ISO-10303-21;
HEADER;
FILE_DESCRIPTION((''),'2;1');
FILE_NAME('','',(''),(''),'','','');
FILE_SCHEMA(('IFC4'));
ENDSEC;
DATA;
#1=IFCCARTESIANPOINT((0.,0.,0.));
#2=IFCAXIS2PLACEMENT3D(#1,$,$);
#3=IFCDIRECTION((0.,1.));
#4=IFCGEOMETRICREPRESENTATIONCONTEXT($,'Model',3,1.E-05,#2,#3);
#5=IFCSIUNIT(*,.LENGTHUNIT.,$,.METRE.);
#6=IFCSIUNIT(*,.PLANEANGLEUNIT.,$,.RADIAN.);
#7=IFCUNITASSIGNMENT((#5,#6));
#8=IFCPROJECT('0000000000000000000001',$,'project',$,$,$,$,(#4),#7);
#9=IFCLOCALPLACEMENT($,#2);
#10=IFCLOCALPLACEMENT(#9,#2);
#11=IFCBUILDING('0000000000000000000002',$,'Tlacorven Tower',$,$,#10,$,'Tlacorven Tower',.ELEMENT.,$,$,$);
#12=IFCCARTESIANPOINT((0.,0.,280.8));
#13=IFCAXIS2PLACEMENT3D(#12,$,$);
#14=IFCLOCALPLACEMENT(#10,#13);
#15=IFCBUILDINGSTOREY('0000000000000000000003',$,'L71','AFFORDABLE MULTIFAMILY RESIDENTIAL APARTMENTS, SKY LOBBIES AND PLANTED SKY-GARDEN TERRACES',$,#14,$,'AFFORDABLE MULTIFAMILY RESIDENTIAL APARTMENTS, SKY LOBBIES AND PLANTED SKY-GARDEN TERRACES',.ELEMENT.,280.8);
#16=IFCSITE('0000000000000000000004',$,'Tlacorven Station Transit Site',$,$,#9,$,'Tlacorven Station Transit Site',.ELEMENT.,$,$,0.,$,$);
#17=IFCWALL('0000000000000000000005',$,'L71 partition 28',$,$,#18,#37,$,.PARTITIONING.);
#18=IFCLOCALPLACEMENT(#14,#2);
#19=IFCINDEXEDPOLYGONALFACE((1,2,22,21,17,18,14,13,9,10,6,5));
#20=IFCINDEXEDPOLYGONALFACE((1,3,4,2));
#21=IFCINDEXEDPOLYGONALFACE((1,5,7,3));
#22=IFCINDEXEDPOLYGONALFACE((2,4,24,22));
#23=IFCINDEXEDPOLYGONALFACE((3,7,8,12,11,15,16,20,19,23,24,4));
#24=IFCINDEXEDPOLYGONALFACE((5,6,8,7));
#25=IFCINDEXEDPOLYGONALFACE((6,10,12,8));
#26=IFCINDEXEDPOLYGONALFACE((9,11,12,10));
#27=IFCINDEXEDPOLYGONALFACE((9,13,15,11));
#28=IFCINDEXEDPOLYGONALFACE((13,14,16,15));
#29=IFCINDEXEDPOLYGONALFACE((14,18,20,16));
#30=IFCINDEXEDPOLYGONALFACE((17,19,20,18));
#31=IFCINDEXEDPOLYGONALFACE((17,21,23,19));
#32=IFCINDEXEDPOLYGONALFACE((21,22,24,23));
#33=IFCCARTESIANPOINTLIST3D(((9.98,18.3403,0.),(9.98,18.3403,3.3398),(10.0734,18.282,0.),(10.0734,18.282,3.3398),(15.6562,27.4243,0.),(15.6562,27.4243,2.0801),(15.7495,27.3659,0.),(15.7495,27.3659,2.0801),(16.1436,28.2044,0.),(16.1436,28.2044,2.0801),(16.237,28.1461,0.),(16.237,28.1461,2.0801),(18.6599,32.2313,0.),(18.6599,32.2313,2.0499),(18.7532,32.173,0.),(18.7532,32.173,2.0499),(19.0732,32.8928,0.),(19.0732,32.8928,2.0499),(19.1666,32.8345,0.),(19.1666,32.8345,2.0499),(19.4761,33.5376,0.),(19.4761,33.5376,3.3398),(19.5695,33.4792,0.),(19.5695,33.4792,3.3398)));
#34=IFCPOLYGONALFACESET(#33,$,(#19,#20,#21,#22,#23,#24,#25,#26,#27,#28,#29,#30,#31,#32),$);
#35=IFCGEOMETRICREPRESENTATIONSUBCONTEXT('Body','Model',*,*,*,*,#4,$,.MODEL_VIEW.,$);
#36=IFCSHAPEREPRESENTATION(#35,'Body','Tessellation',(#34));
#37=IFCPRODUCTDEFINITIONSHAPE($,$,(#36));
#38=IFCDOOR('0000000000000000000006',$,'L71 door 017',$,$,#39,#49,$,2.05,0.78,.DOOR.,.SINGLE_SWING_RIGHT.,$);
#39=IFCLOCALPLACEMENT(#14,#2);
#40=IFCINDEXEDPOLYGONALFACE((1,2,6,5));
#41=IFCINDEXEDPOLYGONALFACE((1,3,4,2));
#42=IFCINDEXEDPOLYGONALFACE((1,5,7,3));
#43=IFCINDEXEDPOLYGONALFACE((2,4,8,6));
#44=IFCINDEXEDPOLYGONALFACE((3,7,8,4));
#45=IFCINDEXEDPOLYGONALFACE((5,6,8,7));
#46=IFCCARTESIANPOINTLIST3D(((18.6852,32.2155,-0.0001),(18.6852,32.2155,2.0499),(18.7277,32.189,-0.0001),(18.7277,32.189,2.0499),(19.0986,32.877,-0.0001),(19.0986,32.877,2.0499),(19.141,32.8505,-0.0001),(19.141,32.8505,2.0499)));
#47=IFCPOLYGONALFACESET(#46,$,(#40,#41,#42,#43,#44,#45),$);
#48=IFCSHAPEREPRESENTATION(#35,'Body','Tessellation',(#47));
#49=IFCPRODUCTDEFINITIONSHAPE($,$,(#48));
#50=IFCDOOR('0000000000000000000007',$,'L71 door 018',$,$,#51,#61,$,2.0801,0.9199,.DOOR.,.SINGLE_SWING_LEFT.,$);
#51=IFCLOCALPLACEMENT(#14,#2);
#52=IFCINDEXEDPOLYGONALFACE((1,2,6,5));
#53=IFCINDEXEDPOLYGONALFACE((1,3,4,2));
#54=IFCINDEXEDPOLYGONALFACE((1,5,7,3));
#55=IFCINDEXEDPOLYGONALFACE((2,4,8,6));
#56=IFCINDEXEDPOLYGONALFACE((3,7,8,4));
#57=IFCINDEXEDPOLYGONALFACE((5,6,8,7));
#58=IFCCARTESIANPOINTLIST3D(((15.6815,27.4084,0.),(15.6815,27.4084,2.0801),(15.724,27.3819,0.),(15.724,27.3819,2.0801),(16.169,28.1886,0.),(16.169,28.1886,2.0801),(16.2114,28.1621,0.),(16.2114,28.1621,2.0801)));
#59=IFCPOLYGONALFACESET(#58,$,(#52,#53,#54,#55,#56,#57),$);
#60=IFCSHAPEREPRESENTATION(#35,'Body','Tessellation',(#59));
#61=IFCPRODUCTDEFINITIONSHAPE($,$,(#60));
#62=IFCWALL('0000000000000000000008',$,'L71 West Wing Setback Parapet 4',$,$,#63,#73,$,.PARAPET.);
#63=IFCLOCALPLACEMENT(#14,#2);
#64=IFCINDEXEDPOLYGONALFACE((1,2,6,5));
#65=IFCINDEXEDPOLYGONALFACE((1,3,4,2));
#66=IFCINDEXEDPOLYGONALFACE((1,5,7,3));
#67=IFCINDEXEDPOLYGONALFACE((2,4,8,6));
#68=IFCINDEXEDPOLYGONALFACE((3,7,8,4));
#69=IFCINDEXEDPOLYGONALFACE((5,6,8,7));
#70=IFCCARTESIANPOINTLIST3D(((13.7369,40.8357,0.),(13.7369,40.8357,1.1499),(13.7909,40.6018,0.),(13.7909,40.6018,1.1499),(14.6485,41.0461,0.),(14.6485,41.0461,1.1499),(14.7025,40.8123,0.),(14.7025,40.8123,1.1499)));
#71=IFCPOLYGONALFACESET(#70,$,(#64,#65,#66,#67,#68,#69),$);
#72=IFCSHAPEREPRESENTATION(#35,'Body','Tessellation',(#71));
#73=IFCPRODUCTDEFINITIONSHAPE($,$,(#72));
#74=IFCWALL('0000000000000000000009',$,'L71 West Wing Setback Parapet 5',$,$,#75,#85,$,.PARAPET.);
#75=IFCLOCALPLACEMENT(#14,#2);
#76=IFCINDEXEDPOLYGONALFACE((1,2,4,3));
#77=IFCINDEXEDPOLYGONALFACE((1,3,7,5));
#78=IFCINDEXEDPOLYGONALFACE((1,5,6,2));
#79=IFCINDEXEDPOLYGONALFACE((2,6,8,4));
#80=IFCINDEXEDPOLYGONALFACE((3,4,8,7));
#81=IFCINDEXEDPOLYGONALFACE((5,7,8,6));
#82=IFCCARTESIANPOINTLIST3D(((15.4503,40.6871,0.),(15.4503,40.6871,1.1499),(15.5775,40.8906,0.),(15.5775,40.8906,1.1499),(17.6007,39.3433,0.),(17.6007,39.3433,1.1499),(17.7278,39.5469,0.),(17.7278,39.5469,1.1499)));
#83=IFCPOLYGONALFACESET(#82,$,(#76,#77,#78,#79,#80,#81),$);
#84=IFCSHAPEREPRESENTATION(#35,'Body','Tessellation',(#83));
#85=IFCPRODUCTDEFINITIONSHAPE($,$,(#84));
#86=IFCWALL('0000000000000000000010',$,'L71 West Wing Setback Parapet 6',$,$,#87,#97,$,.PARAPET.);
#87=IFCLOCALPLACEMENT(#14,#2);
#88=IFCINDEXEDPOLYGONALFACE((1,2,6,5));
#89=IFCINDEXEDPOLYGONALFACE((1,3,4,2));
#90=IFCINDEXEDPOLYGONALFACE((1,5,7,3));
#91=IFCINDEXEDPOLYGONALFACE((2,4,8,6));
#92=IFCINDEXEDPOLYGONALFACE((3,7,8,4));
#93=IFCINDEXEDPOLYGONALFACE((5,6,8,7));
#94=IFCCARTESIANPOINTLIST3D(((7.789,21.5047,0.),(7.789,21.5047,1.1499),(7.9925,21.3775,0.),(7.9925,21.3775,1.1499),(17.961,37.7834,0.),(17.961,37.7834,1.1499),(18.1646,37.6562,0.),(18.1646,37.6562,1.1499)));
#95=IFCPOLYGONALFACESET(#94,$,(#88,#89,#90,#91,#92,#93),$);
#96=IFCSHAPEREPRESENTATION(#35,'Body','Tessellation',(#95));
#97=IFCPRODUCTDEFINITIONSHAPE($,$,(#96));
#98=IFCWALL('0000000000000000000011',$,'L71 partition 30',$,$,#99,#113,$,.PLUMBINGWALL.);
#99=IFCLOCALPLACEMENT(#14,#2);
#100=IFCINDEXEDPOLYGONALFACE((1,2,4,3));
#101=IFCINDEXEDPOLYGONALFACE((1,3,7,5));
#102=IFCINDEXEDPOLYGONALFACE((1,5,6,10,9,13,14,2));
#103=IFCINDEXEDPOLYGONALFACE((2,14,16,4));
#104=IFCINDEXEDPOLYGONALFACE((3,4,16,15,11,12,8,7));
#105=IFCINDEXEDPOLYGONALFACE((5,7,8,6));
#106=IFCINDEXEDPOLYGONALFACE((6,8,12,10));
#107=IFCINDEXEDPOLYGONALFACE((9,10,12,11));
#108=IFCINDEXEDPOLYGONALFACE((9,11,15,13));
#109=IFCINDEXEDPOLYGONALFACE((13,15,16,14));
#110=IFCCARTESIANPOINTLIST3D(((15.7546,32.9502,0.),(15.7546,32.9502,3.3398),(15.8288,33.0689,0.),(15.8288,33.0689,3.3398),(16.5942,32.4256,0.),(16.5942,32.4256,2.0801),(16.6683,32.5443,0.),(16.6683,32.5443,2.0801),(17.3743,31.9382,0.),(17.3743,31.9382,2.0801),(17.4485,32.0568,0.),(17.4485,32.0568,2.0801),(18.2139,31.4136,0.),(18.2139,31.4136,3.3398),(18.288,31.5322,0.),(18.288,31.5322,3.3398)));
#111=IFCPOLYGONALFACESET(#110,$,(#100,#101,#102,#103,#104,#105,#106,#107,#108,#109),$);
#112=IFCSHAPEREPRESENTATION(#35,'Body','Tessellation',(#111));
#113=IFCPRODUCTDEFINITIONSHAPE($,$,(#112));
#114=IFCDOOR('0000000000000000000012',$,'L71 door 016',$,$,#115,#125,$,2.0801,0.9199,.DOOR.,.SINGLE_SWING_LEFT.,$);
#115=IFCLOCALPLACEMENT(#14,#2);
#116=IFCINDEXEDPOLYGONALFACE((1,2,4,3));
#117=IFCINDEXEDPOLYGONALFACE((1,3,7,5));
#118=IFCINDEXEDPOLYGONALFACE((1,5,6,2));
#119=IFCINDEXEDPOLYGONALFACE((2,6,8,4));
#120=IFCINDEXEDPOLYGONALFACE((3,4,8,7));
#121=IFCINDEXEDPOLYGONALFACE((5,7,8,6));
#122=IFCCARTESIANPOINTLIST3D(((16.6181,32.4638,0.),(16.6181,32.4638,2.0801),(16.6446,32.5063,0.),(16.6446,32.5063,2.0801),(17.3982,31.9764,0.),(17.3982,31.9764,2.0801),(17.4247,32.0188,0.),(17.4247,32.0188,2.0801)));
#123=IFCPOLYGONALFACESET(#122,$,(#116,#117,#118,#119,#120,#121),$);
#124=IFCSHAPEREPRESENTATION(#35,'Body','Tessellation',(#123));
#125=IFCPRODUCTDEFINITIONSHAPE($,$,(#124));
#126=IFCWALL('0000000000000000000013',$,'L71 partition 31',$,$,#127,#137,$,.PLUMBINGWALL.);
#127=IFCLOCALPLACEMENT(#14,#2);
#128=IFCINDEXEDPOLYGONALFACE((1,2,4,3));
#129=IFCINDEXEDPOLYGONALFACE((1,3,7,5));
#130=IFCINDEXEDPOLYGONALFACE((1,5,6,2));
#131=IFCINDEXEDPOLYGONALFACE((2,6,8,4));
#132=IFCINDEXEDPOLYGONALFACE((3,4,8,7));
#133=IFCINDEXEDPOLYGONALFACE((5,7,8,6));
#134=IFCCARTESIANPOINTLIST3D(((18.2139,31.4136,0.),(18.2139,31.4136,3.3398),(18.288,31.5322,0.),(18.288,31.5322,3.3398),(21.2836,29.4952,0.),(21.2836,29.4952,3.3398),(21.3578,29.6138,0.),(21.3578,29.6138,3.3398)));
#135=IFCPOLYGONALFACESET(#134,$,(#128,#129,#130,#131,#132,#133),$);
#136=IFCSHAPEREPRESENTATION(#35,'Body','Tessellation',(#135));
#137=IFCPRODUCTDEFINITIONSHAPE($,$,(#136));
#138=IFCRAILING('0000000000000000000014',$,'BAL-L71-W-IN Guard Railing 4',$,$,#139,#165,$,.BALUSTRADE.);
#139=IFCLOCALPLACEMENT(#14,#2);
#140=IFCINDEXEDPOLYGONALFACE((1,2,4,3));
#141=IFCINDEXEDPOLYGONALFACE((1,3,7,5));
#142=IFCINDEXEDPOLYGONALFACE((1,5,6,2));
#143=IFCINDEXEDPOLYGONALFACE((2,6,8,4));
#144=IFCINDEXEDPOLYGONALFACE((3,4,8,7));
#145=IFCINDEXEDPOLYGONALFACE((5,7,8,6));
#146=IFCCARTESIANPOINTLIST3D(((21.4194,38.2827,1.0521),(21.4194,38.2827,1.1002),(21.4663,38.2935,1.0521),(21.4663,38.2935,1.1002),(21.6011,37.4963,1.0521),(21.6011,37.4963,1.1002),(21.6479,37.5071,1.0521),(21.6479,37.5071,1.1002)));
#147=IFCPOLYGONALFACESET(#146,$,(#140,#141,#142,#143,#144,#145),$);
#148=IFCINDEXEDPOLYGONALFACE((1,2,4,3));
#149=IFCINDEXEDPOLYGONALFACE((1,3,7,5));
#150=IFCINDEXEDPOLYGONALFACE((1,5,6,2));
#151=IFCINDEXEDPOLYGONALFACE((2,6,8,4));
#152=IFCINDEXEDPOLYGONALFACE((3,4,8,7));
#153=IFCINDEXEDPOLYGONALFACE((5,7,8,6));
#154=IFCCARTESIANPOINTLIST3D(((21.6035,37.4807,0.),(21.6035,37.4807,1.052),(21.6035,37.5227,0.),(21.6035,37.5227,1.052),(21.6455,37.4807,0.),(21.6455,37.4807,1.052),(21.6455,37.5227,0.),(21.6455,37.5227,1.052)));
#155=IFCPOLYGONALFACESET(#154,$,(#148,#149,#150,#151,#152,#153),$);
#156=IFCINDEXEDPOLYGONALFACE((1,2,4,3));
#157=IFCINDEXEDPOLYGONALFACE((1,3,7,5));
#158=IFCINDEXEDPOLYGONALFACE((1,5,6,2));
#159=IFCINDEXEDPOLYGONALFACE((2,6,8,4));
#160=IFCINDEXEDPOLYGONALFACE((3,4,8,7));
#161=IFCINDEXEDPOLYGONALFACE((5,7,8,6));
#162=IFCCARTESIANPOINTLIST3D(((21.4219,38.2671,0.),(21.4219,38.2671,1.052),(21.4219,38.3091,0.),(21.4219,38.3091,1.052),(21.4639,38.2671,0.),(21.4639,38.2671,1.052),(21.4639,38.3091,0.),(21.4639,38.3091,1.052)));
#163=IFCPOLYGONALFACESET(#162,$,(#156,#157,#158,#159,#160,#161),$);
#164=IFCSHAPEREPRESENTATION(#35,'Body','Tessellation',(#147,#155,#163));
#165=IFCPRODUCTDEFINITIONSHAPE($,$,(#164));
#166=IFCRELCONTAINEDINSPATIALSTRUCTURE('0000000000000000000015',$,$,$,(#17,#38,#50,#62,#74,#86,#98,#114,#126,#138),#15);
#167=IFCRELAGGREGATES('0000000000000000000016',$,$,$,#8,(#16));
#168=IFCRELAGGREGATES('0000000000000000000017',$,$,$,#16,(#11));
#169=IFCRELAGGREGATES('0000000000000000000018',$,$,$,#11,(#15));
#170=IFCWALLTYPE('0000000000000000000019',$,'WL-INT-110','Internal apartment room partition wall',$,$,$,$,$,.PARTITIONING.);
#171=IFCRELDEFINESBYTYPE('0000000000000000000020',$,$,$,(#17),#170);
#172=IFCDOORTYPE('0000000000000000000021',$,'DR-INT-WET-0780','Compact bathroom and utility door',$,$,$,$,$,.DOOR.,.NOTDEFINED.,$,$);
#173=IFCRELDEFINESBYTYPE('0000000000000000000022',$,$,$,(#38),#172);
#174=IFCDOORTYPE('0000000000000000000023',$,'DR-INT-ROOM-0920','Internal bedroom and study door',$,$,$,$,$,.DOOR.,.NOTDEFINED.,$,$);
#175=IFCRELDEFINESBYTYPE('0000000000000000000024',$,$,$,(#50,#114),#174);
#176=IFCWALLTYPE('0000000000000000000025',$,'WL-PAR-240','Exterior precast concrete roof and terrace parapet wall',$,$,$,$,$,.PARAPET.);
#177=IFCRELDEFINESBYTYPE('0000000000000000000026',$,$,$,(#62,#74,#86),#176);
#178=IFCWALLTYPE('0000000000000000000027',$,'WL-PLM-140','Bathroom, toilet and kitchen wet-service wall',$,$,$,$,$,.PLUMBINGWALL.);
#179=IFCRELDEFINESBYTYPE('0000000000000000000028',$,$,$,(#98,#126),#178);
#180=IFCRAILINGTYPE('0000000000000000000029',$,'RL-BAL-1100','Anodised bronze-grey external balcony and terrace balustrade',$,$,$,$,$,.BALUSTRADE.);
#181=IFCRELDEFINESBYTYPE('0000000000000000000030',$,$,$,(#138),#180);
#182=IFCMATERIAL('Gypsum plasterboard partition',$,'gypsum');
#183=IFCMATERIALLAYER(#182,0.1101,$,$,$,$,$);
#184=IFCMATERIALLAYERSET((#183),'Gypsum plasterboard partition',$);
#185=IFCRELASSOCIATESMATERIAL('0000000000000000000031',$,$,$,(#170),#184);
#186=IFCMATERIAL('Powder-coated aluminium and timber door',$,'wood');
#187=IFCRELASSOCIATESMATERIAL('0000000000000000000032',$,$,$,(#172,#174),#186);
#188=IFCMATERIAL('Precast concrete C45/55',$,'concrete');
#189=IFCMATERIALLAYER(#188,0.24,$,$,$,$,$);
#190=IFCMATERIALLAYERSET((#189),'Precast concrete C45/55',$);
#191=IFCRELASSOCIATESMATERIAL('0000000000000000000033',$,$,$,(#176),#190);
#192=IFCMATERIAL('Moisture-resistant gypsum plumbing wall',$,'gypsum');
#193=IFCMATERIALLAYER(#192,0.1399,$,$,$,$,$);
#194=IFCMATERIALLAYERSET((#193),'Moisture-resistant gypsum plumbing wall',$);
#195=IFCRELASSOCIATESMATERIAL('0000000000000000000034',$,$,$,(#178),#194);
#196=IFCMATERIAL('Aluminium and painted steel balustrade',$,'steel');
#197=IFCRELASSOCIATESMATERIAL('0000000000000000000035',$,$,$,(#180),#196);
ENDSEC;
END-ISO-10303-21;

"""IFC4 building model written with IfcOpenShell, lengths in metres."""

from ifc_helpers import new_model, si_unit, direction, frame, frame_2d, origin, origin_2d, place, context, subcontext, project, spatial, rectangle, extrude, source, transform, mapped, material, layer, layer_set, type_object, element, fill, save


model = new_model("IFC4")

# Units and contexts
model_context = context("Model", 3, precision=1e-05, world=origin(), true_north=direction((0.0, 1.0)))
body_context = subcontext(model_context, "Body", "Model", "MODEL_VIEW")
ifc_project = project(units=[si_unit("LENGTHUNIT", "METRE"), si_unit("PLANEANGLEUNIT", "RADIAN")], contexts=[model_context])

# Site, building, storey
site_placement = place(None, origin())
site = spatial("IfcSite", under=ifc_project, at=site_placement, Name="Tlacorven Station Transit Site", LongName="Tlacorven Station Transit Site", CompositionType="ELEMENT", RefElevation=0.0)
building_placement = place(site_placement, origin())
building = spatial("IfcBuilding", under=site, at=building_placement, Name="Tlacorven Tower", LongName="Tlacorven Tower", CompositionType="ELEMENT")
storey_placement = place(building_placement, frame((0.0, 0.0, 280.8)))
storey = spatial("IfcBuildingStorey", under=building, at=storey_placement, Name="L71", Description="AFFORDABLE MULTIFAMILY RESIDENTIAL APARTMENTS, SKY LOBBIES AND PLANTED SKY-GARDEN TERRACES", LongName="AFFORDABLE MULTIFAMILY RESIDENTIAL APARTMENTS, SKY LOBBIES AND PLANTED SKY-GARDEN TERRACES", CompositionType="ELEMENT", Elevation=280.8)

# Shared definitions
ifc_material_1 = material(Name="Precast concrete C45/55", Category="concrete")
ifc_material_2 = material(Name="Powder-coated aluminium and timber door", Category="wood")

# Wall, openings, doors
ifc_material_3 = material(Name="Gypsum plasterboard partition", Category="gypsum")
ifc_layer_1 = layer(ifc_material_3, 0.1101)
ifc_layer_set_1 = layer_set([ifc_layer_1], Name="Gypsum plasterboard partition")
wall_type_1 = type_object("IfcWallType", Name="WL-INT-110", Description="Internal apartment room partition wall", PredefinedType="PARTITIONING", material=ifc_layer_set_1)
wall_1_placement = place(storey_placement, frame((19.5227, 33.5083, 0.0), z_axis=(0.0, 0.0, 1.0), x_axis=(-0.529911, -0.848053, 0.0)))
wall_1 = element("IfcWall", 1, at=wall_1_placement, inside=storey, type_object=wall_type_1, Name="L71 partition 28", PredefinedType="PARTITIONING", context=body_context, shape_type="SweptSolid", body=[
    extrude(rectangle(XDim=17.9202, YDim=0.1101, at=frame_2d((8.96, 0.0))), origin(), (0.0, 0.0, 1.0), 3.3398),
])
opening_1_placement = place(wall_1_placement, frame((0.76, 0.0, 0.0)))
opening_1 = element("IfcOpeningElement", 2, at=opening_1_placement, cuts=wall_1, PredefinedType="OPENING", context=body_context, shape_type="SweptSolid", body=[
    extrude(rectangle(XDim=0.78, YDim=2.05, at=frame_2d((0.3901, 1.0249))), frame((0.0, 0.0649, 0.0), z_axis=(0.0, -1.0, 0.0), x_axis=(1.0, 0.0, 0.0)), (0.0, 0.0, 1.0), 0.1301),
])
opening_2_placement = place(wall_1_placement, frame((6.2886, 0.0, 0.0)))
opening_2 = element("IfcOpeningElement", 3, at=opening_2_placement, cuts=wall_1, PredefinedType="OPENING", context=body_context, shape_type="SweptSolid", body=[
    extrude(rectangle(XDim=0.9199, YDim=2.0801, at=frame_2d((0.46, 1.04))), frame((0.0, 0.0649, 0.0), z_axis=(0.0, -1.0, 0.0), x_axis=(1.0, 0.0, 0.0)), (0.0, 0.0, 1.0), 0.1301),
])
door_type_1 = type_object("IfcDoorType", Name="DR-INT-WET-0780", Description="Compact bathroom and utility door", OperationType="NOTDEFINED", PredefinedType="DOOR", material=ifc_material_2)
shared_shape_1 = source(origin(), body_context, "Body", "SweptSolid", [
    extrude(rectangle(XDim=0.78, YDim=2.05, at=frame_2d((0.3901, 1.0249))), frame((0.0, 0.0249, 0.0), z_axis=(0.0, -1.0, 0.0), x_axis=(1.0, 0.0, 0.0)), (0.0, 0.0, 1.0), 0.05),
])
door_1_placement = place(opening_1_placement, origin())
door_1 = element("IfcDoor", 4, at=door_1_placement, inside=storey, type_object=door_type_1, Name="L71 door 017", OperationType="SINGLE_SWING_RIGHT", OverallHeight=2.05, OverallWidth=0.78, PredefinedType="DOOR", context=body_context, shape_type="MappedRepresentation", body=[
    mapped(shared_shape_1, transform((0.0, 0.0, 0.0), scale=1.0)),
])
fill(opening_1, door_1)
door_type_2 = type_object("IfcDoorType", Name="DR-INT-ROOM-0920", Description="Internal bedroom and study door", OperationType="NOTDEFINED", PredefinedType="DOOR", material=ifc_material_2)
shared_shape_2 = source(origin(), body_context, "Body", "SweptSolid", [
    extrude(rectangle(XDim=0.9199, YDim=2.0801, at=frame_2d((0.46, 1.04))), frame((0.0, 0.0249, 0.0), z_axis=(0.0, -1.0, 0.0), x_axis=(1.0, 0.0, 0.0)), (0.0, 0.0, 1.0), 0.05),
])
door_2_placement = place(opening_2_placement, origin())
door_2 = element("IfcDoor", 5, at=door_2_placement, inside=storey, type_object=door_type_2, Name="L71 door 018", OperationType="SINGLE_SWING_LEFT", OverallHeight=2.0801, OverallWidth=0.9199, PredefinedType="DOOR", context=body_context, shape_type="MappedRepresentation", body=[
    mapped(shared_shape_2, transform((0.0, 0.0, 0.0), scale=1.0)),
])
fill(opening_2, door_2)

# Walls
ifc_layer_2 = layer(ifc_material_1, 0.24)
ifc_layer_set_2 = layer_set([ifc_layer_2], Name="Precast concrete C45/55")
wall_type_2 = type_object("IfcWallType", Name="WL-PAR-240", Description="Exterior precast concrete roof and terrace parapet wall", PredefinedType="PARAPET", material=ifc_layer_set_2)
wall_2_placement = place(storey_placement, frame((13.7639, 40.7188, 0.0), z_axis=(0.0, 0.0, 1.0), x_axis=(0.974374, 0.224936, 0.0)))
element("IfcWall", 6, at=wall_2_placement, inside=storey, type_object=wall_type_2, Name="L71 West Wing Setback Parapet 4", PredefinedType="PARAPET", context=body_context, shape_type="SweptSolid", body=[
    extrude(rectangle(XDim=0.9355, YDim=0.24, at=frame_2d((0.4678, 0.0))), origin(), (0.0, 0.0, 1.0), 1.1499),
])
wall_3_placement = place(storey_placement, frame((15.5139, 40.7888, 0.0), z_axis=(0.0, 0.0, 1.0), x_axis=(0.848042, -0.52993, 0.0)))
element("IfcWall", 7, at=wall_3_placement, inside=storey, type_object=wall_type_2, Name="L71 West Wing Setback Parapet 5", PredefinedType="PARAPET", context=body_context, shape_type="SweptSolid", body=[
    extrude(rectangle(XDim=2.5356, YDim=0.24, at=frame_2d((1.2678, 0.0))), origin(), (0.0, 0.0, 1.0), 1.1499),
])
wall_4_placement = place(storey_placement, frame((18.0627, 37.7197, 0.0), z_axis=(0.0, 0.0, 1.0), x_axis=(-0.529919, -0.848048, 0.0)))
element("IfcWall", 8, at=wall_4_placement, inside=storey, type_object=wall_type_2, Name="L71 West Wing Setback Parapet 6", PredefinedType="PARAPET", context=body_context, shape_type="SweptSolid", body=[
    extrude(rectangle(XDim=19.1956, YDim=0.24, at=frame_2d((9.5977, 0.0))), origin(), (0.0, 0.0, 1.0), 1.1499),
])

# Wall, opening, door
ifc_material_4 = material(Name="Moisture-resistant gypsum plumbing wall", Category="gypsum")
ifc_layer_3 = layer(ifc_material_4, 0.1399)
ifc_layer_set_3 = layer_set([ifc_layer_3], Name="Moisture-resistant gypsum plumbing wall")
wall_type_3 = type_object("IfcWallType", Name="WL-PLM-140", Description="Bathroom, toilet and kitchen wet-service wall", PredefinedType="PLUMBINGWALL", material=ifc_layer_set_3)
wall_5_placement = place(storey_placement, frame((18.251, 31.4729, 0.0), z_axis=(0.0, 0.0, 1.0), x_axis=(-0.84806, 0.529901, 0.0)))
wall_5 = element("IfcWall", 9, at=wall_5_placement, inside=storey, type_object=wall_type_3, Name="L71 partition 30", PredefinedType="PLUMBINGWALL", context=body_context, shape_type="SweptSolid", body=[
    extrude(rectangle(XDim=2.8999, YDim=0.1399, at=frame_2d((1.45, 0.0))), origin(), (0.0, 0.0, 1.0), 3.3398),
])
opening_3_placement = place(wall_5_placement, frame((0.99, 0.0, 0.0)))
opening_3 = element("IfcOpeningElement", 10, at=opening_3_placement, cuts=wall_5, PredefinedType="OPENING", context=body_context, shape_type="SweptSolid", body=[
    extrude(rectangle(XDim=0.9199, YDim=2.0801, at=frame_2d((0.46, 1.04))), frame((0.0, 0.0801, 0.0), z_axis=(0.0, -1.0, 0.0), x_axis=(1.0, 0.0, 0.0)), (0.0, 0.0, 1.0), 0.1599),
])
door_3_placement = place(opening_3_placement, origin())
door_3 = element("IfcDoor", 11, at=door_3_placement, inside=storey, type_object=door_type_2, Name="L71 door 016", OperationType="SINGLE_SWING_LEFT", OverallHeight=2.0801, OverallWidth=0.9199, PredefinedType="DOOR", context=body_context, shape_type="MappedRepresentation", body=[
    mapped(shared_shape_2, transform((0.0, 0.0, 0.0), scale=1.0)),
])
fill(opening_3, door_3)

# Wall
wall_6_placement = place(storey_placement, frame((21.3208, 29.5544, 0.0), z_axis=(0.0, 0.0, 1.0), x_axis=(-0.848021, 0.529963, 0.0)))
element("IfcWall", 12, at=wall_6_placement, inside=storey, type_object=wall_type_3, Name="L71 partition 31", PredefinedType="PLUMBINGWALL", context=body_context, shape_type="SweptSolid", body=[
    extrude(rectangle(XDim=3.6199, YDim=0.1399, at=frame_2d((1.8101, 0.0))), origin(), (0.0, 0.0, 1.0), 3.3398),
])

# Railing
ifc_material_5 = material(Name="Aluminium and painted steel balustrade", Category="steel")
railing_type = type_object("IfcRailingType", Name="RL-BAL-1100", Description="Anodised bronze-grey external balcony and terrace balustrade", PredefinedType="BALUSTRADE", material=ifc_material_5)
shared_shape_3 = source(origin(), body_context, "Body", "SweptSolid", [
    extrude(rectangle(XDim=0.0481, YDim=0.0481, at=origin_2d()), frame((0.0, 0.0, 1.0762), z_axis=(-0.225058, 0.974345, 0.0), x_axis=(-0.974345, -0.225058, 0.0)), (0.0, 0.0, 1.0), 0.8071),
    extrude(rectangle(XDim=0.042, YDim=0.042, at=origin_2d()), origin(), (0.0, 0.0, 1.0), 1.052),
    extrude(rectangle(XDim=0.042, YDim=0.042, at=origin_2d()), frame((-0.1816, 0.7864, 0.0)), (0.0, 0.0, 1.0), 1.052),
])
railing_1_placement = place(storey_placement, frame((21.6245, 37.5017, 0.0)))
element("IfcRailing", 13, at=railing_1_placement, inside=storey, type_object=railing_type, Name="BAL-L71-W-IN Guard Railing 4", PredefinedType="BALUSTRADE", context=body_context, shape_type="MappedRepresentation", body=[
    mapped(shared_shape_3, transform((0.0, 0.0, 0.0), scale=1.0)),
])

save(model, "model.ifc")
